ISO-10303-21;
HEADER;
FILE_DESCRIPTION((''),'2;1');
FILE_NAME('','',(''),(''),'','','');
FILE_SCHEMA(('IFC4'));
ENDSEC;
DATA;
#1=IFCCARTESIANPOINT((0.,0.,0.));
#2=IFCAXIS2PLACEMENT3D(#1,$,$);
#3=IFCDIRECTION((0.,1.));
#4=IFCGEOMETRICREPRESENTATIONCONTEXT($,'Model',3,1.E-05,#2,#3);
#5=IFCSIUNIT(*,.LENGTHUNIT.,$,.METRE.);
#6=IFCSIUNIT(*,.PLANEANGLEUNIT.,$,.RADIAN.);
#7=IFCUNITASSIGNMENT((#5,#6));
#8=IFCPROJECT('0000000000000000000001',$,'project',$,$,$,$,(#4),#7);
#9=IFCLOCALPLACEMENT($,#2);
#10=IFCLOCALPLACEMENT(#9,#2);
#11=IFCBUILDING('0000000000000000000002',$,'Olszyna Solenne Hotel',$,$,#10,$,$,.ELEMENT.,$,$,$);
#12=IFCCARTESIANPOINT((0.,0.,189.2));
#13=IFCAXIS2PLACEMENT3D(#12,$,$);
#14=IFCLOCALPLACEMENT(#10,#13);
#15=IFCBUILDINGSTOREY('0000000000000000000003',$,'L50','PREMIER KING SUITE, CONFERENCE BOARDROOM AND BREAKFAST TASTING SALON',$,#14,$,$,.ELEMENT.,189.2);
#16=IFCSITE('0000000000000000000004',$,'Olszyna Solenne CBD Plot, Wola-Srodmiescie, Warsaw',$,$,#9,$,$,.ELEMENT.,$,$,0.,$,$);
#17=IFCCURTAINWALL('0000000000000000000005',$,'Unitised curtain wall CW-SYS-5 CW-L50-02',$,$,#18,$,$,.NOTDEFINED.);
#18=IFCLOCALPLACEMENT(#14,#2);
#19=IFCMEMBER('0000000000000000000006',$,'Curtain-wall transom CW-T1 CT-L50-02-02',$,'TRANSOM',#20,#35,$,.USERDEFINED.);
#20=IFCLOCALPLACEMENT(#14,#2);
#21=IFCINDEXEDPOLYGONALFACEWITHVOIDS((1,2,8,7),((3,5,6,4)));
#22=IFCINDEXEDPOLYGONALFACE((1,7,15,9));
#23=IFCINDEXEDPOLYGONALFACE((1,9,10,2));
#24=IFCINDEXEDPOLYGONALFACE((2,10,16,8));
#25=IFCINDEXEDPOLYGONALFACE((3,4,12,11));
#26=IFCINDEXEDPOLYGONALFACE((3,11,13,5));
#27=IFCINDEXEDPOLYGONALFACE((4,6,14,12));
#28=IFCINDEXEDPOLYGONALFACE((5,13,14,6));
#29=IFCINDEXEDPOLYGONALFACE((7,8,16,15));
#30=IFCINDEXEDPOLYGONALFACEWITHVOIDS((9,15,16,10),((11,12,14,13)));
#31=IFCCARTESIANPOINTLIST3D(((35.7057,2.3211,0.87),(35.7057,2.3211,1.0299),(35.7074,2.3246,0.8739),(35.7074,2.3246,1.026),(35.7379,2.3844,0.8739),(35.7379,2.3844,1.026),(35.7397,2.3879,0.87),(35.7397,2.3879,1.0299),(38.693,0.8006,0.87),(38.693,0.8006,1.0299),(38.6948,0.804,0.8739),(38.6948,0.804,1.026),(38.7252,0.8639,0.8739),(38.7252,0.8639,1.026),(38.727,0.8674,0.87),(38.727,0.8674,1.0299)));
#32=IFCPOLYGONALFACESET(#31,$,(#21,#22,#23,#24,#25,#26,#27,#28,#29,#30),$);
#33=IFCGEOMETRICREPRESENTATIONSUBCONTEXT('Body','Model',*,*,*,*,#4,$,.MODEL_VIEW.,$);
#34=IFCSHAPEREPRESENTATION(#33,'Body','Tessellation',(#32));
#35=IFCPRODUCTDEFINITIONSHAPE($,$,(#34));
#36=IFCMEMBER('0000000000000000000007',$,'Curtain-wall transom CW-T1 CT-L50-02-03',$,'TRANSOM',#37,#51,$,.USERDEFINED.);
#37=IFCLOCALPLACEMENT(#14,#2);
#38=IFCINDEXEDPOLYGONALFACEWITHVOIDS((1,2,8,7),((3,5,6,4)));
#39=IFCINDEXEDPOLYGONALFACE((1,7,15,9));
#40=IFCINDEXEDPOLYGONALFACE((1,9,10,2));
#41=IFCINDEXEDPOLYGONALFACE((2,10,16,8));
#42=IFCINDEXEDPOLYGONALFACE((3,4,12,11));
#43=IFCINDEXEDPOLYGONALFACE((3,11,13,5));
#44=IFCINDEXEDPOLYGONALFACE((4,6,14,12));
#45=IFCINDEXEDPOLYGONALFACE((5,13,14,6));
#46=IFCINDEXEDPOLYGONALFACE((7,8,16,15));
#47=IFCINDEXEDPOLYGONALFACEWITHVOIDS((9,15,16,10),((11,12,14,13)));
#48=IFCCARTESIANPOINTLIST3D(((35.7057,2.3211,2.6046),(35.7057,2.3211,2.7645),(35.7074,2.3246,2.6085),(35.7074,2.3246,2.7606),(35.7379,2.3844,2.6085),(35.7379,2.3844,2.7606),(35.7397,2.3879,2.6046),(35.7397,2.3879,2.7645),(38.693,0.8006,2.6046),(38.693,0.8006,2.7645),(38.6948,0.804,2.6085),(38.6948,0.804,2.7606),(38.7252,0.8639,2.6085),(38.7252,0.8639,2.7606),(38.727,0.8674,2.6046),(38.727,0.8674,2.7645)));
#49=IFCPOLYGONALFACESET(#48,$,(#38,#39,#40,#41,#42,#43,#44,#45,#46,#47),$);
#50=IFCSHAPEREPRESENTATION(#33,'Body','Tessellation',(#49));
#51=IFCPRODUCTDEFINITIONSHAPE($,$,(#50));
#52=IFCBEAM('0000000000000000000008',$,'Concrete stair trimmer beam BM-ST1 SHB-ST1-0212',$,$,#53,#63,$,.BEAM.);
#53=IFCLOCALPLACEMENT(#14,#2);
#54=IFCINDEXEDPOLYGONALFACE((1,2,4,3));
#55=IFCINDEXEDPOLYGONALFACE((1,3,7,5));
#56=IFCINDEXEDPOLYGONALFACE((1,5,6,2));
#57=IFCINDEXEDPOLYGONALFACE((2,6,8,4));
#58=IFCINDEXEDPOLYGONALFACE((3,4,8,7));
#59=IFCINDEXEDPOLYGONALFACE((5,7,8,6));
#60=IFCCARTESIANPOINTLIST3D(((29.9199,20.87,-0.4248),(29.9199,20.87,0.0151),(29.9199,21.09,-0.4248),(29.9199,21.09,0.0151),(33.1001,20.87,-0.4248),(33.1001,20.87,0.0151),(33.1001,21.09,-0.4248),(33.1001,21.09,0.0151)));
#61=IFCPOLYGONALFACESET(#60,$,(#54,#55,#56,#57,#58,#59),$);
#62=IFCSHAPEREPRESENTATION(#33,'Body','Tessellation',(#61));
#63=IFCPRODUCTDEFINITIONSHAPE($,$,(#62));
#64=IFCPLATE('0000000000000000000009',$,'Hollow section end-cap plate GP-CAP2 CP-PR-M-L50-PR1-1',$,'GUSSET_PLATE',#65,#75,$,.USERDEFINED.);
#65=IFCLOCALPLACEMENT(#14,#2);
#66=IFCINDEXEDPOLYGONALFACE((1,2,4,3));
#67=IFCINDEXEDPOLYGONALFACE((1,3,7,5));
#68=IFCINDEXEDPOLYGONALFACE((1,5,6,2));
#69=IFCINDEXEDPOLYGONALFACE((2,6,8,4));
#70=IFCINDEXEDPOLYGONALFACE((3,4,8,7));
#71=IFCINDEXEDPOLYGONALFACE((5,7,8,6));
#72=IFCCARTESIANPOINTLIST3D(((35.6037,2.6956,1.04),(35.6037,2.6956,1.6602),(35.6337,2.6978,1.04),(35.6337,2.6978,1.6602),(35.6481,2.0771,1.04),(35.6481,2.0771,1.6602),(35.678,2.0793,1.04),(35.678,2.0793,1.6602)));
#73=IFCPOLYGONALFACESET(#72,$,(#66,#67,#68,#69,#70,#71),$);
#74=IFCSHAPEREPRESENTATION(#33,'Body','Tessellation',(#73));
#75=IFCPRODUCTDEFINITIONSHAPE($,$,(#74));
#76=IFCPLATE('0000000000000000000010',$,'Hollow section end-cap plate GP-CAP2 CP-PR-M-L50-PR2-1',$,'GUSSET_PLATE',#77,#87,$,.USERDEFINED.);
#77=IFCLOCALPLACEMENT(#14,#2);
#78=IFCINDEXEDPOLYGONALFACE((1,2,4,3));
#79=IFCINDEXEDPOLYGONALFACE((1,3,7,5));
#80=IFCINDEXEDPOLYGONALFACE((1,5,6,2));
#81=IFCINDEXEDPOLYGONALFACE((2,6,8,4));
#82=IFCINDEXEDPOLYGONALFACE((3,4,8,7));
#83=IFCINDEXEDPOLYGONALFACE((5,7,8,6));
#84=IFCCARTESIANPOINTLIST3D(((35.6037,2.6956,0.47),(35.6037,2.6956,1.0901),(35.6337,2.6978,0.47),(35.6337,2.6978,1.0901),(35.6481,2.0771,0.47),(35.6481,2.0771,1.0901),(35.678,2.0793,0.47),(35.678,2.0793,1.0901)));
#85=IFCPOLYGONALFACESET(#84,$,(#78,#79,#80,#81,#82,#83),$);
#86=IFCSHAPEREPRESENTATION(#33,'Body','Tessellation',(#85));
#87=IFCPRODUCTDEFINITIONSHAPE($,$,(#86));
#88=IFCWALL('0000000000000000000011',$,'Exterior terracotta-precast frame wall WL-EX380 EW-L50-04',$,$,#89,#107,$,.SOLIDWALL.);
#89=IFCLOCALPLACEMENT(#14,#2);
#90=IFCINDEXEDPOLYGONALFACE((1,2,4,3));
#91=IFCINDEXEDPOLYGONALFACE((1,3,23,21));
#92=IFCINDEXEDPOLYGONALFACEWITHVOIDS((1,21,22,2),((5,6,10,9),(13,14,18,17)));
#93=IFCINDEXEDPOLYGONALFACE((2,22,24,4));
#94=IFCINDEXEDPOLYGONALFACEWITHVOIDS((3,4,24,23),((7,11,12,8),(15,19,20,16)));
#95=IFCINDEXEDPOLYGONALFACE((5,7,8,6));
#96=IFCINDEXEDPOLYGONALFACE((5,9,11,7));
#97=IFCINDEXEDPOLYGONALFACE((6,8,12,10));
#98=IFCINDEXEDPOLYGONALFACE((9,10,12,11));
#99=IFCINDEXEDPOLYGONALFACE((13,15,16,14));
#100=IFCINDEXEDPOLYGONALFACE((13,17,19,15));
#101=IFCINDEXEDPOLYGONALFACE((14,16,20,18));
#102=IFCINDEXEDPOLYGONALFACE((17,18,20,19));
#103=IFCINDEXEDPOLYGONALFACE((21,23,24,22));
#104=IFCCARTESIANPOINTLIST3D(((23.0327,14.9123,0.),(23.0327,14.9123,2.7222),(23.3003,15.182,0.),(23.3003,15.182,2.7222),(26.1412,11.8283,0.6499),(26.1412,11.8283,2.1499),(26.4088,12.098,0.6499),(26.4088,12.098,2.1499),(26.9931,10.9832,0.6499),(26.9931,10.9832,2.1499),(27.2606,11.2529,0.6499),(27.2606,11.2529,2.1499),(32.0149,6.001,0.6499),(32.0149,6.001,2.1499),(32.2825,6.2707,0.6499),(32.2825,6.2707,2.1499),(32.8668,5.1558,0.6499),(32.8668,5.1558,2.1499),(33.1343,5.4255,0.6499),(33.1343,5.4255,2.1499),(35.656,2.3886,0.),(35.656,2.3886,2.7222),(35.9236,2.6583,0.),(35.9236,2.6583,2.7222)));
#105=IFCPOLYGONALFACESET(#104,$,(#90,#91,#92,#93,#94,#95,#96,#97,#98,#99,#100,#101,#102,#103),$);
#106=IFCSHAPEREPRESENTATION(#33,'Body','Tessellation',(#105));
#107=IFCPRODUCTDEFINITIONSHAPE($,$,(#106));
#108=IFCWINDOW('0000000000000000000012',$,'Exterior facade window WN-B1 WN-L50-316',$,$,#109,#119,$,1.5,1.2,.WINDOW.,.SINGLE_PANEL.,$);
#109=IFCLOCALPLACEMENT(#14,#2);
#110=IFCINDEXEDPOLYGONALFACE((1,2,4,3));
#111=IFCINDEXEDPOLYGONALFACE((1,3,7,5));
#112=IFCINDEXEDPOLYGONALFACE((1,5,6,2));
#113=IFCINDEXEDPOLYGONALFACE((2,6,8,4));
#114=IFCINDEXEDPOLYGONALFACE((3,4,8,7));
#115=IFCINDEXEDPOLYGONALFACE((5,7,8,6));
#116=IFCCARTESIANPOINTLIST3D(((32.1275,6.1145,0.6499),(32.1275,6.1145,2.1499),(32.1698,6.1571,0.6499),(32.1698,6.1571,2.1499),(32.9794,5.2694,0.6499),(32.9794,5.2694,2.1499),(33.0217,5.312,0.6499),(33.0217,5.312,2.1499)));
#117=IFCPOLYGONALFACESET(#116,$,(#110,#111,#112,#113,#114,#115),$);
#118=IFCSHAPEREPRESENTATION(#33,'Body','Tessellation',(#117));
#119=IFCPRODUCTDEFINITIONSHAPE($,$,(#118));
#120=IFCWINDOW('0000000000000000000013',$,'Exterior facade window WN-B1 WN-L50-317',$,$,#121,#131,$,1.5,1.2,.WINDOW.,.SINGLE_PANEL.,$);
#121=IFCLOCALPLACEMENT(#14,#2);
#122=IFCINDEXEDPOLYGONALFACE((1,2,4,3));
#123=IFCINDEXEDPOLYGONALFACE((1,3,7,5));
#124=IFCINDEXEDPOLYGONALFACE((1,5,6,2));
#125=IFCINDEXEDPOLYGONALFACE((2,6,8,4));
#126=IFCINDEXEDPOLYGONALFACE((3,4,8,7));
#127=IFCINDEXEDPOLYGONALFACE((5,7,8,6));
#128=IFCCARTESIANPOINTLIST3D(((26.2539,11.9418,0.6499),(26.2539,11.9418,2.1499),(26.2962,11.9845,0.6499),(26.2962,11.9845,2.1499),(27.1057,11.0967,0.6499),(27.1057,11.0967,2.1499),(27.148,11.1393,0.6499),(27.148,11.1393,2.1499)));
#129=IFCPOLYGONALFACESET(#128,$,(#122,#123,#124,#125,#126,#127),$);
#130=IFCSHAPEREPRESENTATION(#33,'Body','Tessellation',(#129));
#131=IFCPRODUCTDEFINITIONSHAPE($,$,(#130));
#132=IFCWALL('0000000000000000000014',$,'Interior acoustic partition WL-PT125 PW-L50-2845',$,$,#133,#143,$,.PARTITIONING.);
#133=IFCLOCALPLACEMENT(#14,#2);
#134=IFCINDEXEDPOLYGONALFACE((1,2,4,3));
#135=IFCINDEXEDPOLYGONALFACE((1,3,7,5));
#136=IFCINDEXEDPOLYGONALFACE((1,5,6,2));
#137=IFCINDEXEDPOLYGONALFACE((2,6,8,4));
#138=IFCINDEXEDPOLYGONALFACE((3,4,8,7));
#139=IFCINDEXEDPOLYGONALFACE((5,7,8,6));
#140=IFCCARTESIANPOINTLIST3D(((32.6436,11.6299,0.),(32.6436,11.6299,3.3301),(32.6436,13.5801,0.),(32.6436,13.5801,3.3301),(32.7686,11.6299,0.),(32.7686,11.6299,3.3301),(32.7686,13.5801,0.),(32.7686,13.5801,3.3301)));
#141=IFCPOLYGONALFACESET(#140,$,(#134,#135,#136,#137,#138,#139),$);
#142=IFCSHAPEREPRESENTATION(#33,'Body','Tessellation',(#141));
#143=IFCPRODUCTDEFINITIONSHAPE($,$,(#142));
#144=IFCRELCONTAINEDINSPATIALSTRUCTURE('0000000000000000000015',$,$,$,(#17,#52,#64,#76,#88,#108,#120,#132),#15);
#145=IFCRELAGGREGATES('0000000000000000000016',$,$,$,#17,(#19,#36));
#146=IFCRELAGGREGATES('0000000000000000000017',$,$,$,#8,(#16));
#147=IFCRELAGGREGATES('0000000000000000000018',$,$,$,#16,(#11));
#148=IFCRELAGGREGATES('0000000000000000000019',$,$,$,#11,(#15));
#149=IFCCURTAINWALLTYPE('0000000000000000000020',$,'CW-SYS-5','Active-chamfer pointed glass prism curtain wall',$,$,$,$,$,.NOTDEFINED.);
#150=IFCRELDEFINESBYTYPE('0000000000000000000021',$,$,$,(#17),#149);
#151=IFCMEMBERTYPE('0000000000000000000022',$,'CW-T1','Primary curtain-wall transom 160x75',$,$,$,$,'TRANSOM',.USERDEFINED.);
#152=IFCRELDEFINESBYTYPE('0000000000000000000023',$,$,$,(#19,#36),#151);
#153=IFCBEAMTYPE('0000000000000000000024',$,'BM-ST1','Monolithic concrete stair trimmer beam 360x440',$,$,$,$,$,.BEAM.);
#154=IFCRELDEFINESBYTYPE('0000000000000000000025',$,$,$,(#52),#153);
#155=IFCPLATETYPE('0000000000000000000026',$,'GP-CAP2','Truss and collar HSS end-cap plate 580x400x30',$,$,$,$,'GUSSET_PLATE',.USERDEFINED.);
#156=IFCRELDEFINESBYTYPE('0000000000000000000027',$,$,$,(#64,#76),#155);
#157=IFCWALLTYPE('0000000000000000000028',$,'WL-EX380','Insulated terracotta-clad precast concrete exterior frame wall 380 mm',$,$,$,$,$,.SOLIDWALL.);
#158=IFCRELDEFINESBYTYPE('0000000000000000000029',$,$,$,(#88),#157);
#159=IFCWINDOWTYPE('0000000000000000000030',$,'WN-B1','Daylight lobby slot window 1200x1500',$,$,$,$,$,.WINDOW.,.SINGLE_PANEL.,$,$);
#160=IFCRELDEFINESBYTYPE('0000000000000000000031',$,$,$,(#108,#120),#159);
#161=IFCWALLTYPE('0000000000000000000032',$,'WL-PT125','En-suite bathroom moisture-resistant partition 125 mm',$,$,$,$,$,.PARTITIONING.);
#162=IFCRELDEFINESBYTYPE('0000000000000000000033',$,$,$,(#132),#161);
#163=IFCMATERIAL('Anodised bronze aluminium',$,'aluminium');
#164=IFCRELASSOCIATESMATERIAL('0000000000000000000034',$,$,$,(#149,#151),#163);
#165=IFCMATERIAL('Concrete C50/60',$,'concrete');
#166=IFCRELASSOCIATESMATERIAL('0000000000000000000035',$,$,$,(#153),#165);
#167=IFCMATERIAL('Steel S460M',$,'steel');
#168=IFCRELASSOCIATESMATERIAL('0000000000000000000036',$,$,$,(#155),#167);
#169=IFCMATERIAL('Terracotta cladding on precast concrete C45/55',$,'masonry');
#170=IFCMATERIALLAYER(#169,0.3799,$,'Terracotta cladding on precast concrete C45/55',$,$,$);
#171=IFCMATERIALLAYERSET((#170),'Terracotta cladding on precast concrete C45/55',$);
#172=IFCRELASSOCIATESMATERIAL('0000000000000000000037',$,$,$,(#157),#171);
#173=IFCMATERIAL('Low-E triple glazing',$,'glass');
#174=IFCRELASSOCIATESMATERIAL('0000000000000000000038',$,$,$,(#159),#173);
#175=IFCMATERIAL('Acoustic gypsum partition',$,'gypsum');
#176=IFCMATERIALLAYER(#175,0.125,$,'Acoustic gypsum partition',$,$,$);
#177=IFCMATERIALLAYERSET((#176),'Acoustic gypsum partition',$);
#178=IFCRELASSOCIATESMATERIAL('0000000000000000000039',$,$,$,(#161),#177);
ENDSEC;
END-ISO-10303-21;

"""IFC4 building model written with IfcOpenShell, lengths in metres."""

from ifc_helpers import new_model, si_unit, direction, frame, frame_2d, origin, origin_2d, place, context, subcontext, project, spatial, rectangle, hollow_rectangle, extrude, source, transform, mapped, material, layer, layer_set, material_profile, profile_set, type_object, type_shapes, element, fill, aggregate, save


model = new_model("IFC4")

# Units and contexts
model_context = context("Model", 3, precision=1e-05, world=origin(), true_north=direction((0.0, 1.0)))
body_context = subcontext(model_context, "Body", "Model", "MODEL_VIEW")
ifc_project = project(units=[si_unit("LENGTHUNIT", "METRE"), si_unit("PLANEANGLEUNIT", "RADIAN")], contexts=[model_context])

# Site, building, storey
site_placement = place(None, origin())
site = spatial("IfcSite", under=ifc_project, at=site_placement, Name="Olszyna Solenne CBD Plot, Wola-Srodmiescie, Warsaw", CompositionType="ELEMENT", RefElevation=0.0)
building_placement = place(site_placement, origin())
building = spatial("IfcBuilding", under=site, at=building_placement, Name="Olszyna Solenne Hotel", CompositionType="ELEMENT")
storey_placement = place(building_placement, frame((0.0, 0.0, 189.2)))
storey = spatial("IfcBuildingStorey", under=building, at=storey_placement, Name="L50", Description="PREMIER KING SUITE, CONFERENCE BOARDROOM AND BREAKFAST TASTING SALON", CompositionType="ELEMENT", Elevation=189.2)

# Shared definitions
ifc_material_1 = material(Name="Steel S460M", Category="steel")

# Curtain wall, members
ifc_material_2 = material(Name="Anodised bronze aluminium", Category="aluminium")
curtain_wall_type = type_object("IfcCurtainWallType", Name="CW-SYS-5", Description="Active-chamfer pointed glass prism curtain wall", PredefinedType="NOTDEFINED", material=ifc_material_2)
curtain_wall_placement = place(storey_placement, origin())
curtain_wall = element("IfcCurtainWall", 1, at=curtain_wall_placement, inside=storey, type_object=curtain_wall_type, Name="Unitised curtain wall CW-SYS-5 CW-L50-02", PredefinedType="NOTDEFINED")
ifc_material_profile_1 = material_profile(ifc_material_2, hollow_rectangle(XDim=0.075, YDim=0.1599, WallThickness=0.0039, at=origin_2d()), Name="TRAN 160x75x4", Category="load-bearing")
ifc_profile_set_1 = profile_set([ifc_material_profile_1], Name="Anodised bronze aluminium")
member_type_1 = type_object("IfcMemberType", Name="CW-T1", Description="Primary curtain-wall transom 160x75", ElementType="TRANSOM", PredefinedType="USERDEFINED", material=ifc_profile_set_1)
shared_shape_1 = source(origin(), body_context, "Body", "SweptSolid", [
    extrude(hollow_rectangle(XDim=0.075, YDim=0.1599, WallThickness=0.0039, at=origin_2d()), origin(), (0.0, 0.0, 1.0), 3.3521),
])
member_1_placement = place(storey_placement, frame((35.7227, 2.3545, 0.95), z_axis=(0.8912, -0.453612, 0.0), x_axis=(0.453612, 0.8912, 0.0)))
member_1 = element("IfcMember", 2, at=member_1_placement, type_object=member_type_1, Name="Curtain-wall transom CW-T1 CT-L50-02-02", ObjectType="TRANSOM", PredefinedType="USERDEFINED", context=body_context, shape_type="MappedRepresentation", body=[
    mapped(shared_shape_1, transform((0.0, 0.0, 0.0), x_axis=(1.0, 0.0, 0.0), y_axis=(0.0, 1.0, 0.0), z_axis=(0.0, 0.0, 1.0), scale=1.0)),
])
member_2_placement = place(storey_placement, frame((35.7227, 2.3545, 2.6846), z_axis=(0.8912, -0.453612, 0.0), x_axis=(0.453612, 0.8912, 0.0)))
member_2 = element("IfcMember", 3, at=member_2_placement, type_object=member_type_1, Name="Curtain-wall transom CW-T1 CT-L50-02-03", ObjectType="TRANSOM", PredefinedType="USERDEFINED", context=body_context, shape_type="MappedRepresentation", body=[
    mapped(shared_shape_1, transform((0.0, 0.0, 0.0), x_axis=(1.0, 0.0, 0.0), y_axis=(0.0, 1.0, 0.0), z_axis=(0.0, 0.0, 1.0), scale=1.0)),
])
aggregate(curtain_wall, [member_1, member_2])

# Beam
ifc_material_3 = material(Name="Concrete C50/60", Category="concrete")
ifc_material_profile_2 = material_profile(ifc_material_3, rectangle(XDim=0.22, YDim=0.4399, at=origin_2d()), Name="RC 220x440", Category="load-bearing")
ifc_profile_set_2 = profile_set([ifc_material_profile_2], Name="Concrete C50/60")
beam_type_1 = type_object("IfcBeamType", Name="BM-ST1", Description="Monolithic concrete stair trimmer beam 360x440", PredefinedType="BEAM", material=ifc_profile_set_2)
shared_shape_2 = source(origin(), body_context, "Body", "SweptSolid", [
    extrude(rectangle(XDim=0.22, YDim=0.4399, at=origin_2d()), origin(), (0.0, 0.0, 1.0), 3.1802),
])
beam_1_placement = place(storey_placement, frame((33.1001, 20.98, -0.2048), z_axis=(-1.0, 0.0, 0.0), x_axis=(0.0, -1.0, 0.0)))
element("IfcBeam", 4, at=beam_1_placement, inside=storey, type_object=beam_type_1, Name="Concrete stair trimmer beam BM-ST1 SHB-ST1-0212", PredefinedType="BEAM", context=body_context, shape_type="MappedRepresentation", body=[
    mapped(shared_shape_2, transform((0.0, 0.0, 0.0), x_axis=(1.0, 0.0, 0.0), y_axis=(0.0, 1.0, 0.0), z_axis=(0.0, 0.0, 1.0), scale=1.0)),
])

# Plates
plate_type = type_object("IfcPlateType", Name="GP-CAP2", Description="Truss and collar HSS end-cap plate 580x400x30", ElementType="GUSSET_PLATE", PredefinedType="USERDEFINED", material=ifc_material_1)
shared_shape_3 = source(origin(), body_context, "Body", "SweptSolid", [
    extrude(rectangle(XDim=0.03, YDim=0.6201, at=origin_2d()), origin(), (0.0, 0.0, 1.0), 0.6201),
])
for number, where, z_axis, x_axis, name in (
    (5, (35.6409, 2.3875, 1.04), (0.0, 0.0, 1.0), (0.997441, 0.071497, 0.0), "Hollow section end-cap plate GP-CAP2 CP-PR-M-L50-PR1-1"),
    (6, (35.6409, 2.3875, 0.47), (0.0, 0.0, 1.0), (0.997441, 0.071497, 0.0), "Hollow section end-cap plate GP-CAP2 CP-PR-M-L50-PR2-1"),
):
    element("IfcPlate", number, at=place(storey_placement, frame(where, z_axis=z_axis, x_axis=x_axis)), inside=storey, type_object=plate_type, Name=name, ObjectType="GUSSET_PLATE", PredefinedType="USERDEFINED", context=body_context, shape_type="MappedRepresentation", body=[
        mapped(shared_shape_3, transform((0.0, 0.0, 0.0), x_axis=(1.0, 0.0, 0.0), y_axis=(0.0, 1.0, 0.0), z_axis=(0.0, 0.0, 1.0), scale=1.0)),
    ])

# Wall, openings, windows
ifc_material_4 = material(Name="Terracotta cladding on precast concrete C45/55", Category="masonry")
ifc_layer_1 = layer(ifc_material_4, 0.3799, Name="Terracotta cladding on precast concrete C45/55")
ifc_layer_set_1 = layer_set([ifc_layer_1], Name="Terracotta cladding on precast concrete C45/55")
wall_type_1 = type_object("IfcWallType", Name="WL-EX380", Description="Insulated terracotta-clad precast concrete exterior frame wall 380 mm", PredefinedType="SOLIDWALL", material=ifc_layer_set_1)
wall_1_placement = place(storey_placement, frame((35.7898, 2.5234, 0.0), z_axis=(0.0, 0.0, 1.0), x_axis=(-0.709902, 0.7043, 0.0)))
wall_1 = element("IfcWall", 7, at=wall_1_placement, inside=storey, type_object=wall_type_1, Name="Exterior terracotta-precast frame wall WL-EX380 EW-L50-04", PredefinedType="SOLIDWALL", context=body_context, shape_type="SweptSolid", body=[
    extrude(rectangle(XDim=17.7817, YDim=0.3799, at=frame_2d((8.8909, 0.0))), origin(), (0.0, 0.0, 1.0), 2.7222),
])
opening_1_placement = place(wall_1_placement, frame((3.929, 0.0, 0.6499)))
opening_1 = element("IfcOpeningElement", 8, at=opening_1_placement, cuts=wall_1, PredefinedType="OPENING", context=body_context, shape_type="SweptSolid", body=[
    extrude(rectangle(XDim=1.2, YDim=1.5, at=frame_2d((0.6001, 0.75))), frame((0.0, 0.2, 0.0), z_axis=(0.0, -1.0, 0.0), x_axis=(1.0, 0.0, 0.0)), (0.0, 0.0, 1.0), 0.3999),
])
opening_2_placement = place(wall_1_placement, frame((12.2029, 0.0, 0.6499)))
opening_2 = element("IfcOpeningElement", 9, at=opening_2_placement, cuts=wall_1, PredefinedType="OPENING", context=body_context, shape_type="SweptSolid", body=[
    extrude(rectangle(XDim=1.2, YDim=1.5, at=frame_2d((0.6001, 0.75))), frame((0.0, 0.2, 0.0), z_axis=(0.0, -1.0, 0.0), x_axis=(1.0, 0.0, 0.0)), (0.0, 0.0, 1.0), 0.3999),
])
ifc_material_5 = material(Name="Low-E triple glazing", Category="glass")
window_type = type_object("IfcWindowType", Name="WN-B1", Description="Daylight lobby slot window 1200x1500", PartitioningType="SINGLE_PANEL", PredefinedType="WINDOW", material=ifc_material_5)
shared_shape_4 = source(origin(), body_context, "Body", "SweptSolid", [
    extrude(rectangle(XDim=1.2, YDim=1.5, at=frame_2d((0.6001, 0.75))), frame((0.0, 0.03, 0.0), z_axis=(0.0, -1.0, 0.0), x_axis=(1.0, 0.0, 0.0)), (0.0, 0.0, 1.0), 0.0601),
])
type_shapes(window_type, [shared_shape_4])
window_1_placement = place(opening_1_placement, origin())
window_1 = element("IfcWindow", 10, at=window_1_placement, inside=storey, type_object=window_type, Name="Exterior facade window WN-B1 WN-L50-316", OverallHeight=1.5, OverallWidth=1.2, PartitioningType="SINGLE_PANEL", PredefinedType="WINDOW", context=body_context, shape_type="MappedRepresentation", body=[
    mapped(shared_shape_4, transform((0.0, 0.0, 0.0), x_axis=(1.0, 0.0, 0.0), y_axis=(0.0, 1.0, 0.0), z_axis=(0.0, 0.0, 1.0), scale=1.0)),
])
fill(opening_1, window_1)
window_2_placement = place(opening_2_placement, origin())
window_2 = element("IfcWindow", 11, at=window_2_placement, inside=storey, type_object=window_type, Name="Exterior facade window WN-B1 WN-L50-317", OverallHeight=1.5, OverallWidth=1.2, PartitioningType="SINGLE_PANEL", PredefinedType="WINDOW", context=body_context, shape_type="MappedRepresentation", body=[
    mapped(shared_shape_4, transform((0.0, 0.0, 0.0), x_axis=(1.0, 0.0, 0.0), y_axis=(0.0, 1.0, 0.0), z_axis=(0.0, 0.0, 1.0), scale=1.0)),
])
fill(opening_2, window_2)

# Wall
ifc_material_6 = material(Name="Acoustic gypsum partition", Category="gypsum")
ifc_layer_2 = layer(ifc_material_6, 0.125, Name="Acoustic gypsum partition")
ifc_layer_set_2 = layer_set([ifc_layer_2], Name="Acoustic gypsum partition")
wall_type_2 = type_object("IfcWallType", Name="WL-PT125", Description="En-suite bathroom moisture-resistant partition 125 mm", PredefinedType="PARTITIONING", material=ifc_layer_set_2)
wall_2_placement = place(storey_placement, frame((32.7061, 11.6299, 0.0), z_axis=(0.0, 0.0, 1.0), x_axis=(0.0, 1.0, 0.0)))
element("IfcWall", 12, at=wall_2_placement, inside=storey, type_object=wall_type_2, Name="Interior acoustic partition WL-PT125 PW-L50-2845", PredefinedType="PARTITIONING", context=body_context, shape_type="SweptSolid", body=[
    extrude(rectangle(XDim=1.9502, YDim=0.125, at=frame_2d((0.9751, 0.0))), origin(), (0.0, 0.0, 1.0), 3.3301),
])

save(model, "model.ifc")
